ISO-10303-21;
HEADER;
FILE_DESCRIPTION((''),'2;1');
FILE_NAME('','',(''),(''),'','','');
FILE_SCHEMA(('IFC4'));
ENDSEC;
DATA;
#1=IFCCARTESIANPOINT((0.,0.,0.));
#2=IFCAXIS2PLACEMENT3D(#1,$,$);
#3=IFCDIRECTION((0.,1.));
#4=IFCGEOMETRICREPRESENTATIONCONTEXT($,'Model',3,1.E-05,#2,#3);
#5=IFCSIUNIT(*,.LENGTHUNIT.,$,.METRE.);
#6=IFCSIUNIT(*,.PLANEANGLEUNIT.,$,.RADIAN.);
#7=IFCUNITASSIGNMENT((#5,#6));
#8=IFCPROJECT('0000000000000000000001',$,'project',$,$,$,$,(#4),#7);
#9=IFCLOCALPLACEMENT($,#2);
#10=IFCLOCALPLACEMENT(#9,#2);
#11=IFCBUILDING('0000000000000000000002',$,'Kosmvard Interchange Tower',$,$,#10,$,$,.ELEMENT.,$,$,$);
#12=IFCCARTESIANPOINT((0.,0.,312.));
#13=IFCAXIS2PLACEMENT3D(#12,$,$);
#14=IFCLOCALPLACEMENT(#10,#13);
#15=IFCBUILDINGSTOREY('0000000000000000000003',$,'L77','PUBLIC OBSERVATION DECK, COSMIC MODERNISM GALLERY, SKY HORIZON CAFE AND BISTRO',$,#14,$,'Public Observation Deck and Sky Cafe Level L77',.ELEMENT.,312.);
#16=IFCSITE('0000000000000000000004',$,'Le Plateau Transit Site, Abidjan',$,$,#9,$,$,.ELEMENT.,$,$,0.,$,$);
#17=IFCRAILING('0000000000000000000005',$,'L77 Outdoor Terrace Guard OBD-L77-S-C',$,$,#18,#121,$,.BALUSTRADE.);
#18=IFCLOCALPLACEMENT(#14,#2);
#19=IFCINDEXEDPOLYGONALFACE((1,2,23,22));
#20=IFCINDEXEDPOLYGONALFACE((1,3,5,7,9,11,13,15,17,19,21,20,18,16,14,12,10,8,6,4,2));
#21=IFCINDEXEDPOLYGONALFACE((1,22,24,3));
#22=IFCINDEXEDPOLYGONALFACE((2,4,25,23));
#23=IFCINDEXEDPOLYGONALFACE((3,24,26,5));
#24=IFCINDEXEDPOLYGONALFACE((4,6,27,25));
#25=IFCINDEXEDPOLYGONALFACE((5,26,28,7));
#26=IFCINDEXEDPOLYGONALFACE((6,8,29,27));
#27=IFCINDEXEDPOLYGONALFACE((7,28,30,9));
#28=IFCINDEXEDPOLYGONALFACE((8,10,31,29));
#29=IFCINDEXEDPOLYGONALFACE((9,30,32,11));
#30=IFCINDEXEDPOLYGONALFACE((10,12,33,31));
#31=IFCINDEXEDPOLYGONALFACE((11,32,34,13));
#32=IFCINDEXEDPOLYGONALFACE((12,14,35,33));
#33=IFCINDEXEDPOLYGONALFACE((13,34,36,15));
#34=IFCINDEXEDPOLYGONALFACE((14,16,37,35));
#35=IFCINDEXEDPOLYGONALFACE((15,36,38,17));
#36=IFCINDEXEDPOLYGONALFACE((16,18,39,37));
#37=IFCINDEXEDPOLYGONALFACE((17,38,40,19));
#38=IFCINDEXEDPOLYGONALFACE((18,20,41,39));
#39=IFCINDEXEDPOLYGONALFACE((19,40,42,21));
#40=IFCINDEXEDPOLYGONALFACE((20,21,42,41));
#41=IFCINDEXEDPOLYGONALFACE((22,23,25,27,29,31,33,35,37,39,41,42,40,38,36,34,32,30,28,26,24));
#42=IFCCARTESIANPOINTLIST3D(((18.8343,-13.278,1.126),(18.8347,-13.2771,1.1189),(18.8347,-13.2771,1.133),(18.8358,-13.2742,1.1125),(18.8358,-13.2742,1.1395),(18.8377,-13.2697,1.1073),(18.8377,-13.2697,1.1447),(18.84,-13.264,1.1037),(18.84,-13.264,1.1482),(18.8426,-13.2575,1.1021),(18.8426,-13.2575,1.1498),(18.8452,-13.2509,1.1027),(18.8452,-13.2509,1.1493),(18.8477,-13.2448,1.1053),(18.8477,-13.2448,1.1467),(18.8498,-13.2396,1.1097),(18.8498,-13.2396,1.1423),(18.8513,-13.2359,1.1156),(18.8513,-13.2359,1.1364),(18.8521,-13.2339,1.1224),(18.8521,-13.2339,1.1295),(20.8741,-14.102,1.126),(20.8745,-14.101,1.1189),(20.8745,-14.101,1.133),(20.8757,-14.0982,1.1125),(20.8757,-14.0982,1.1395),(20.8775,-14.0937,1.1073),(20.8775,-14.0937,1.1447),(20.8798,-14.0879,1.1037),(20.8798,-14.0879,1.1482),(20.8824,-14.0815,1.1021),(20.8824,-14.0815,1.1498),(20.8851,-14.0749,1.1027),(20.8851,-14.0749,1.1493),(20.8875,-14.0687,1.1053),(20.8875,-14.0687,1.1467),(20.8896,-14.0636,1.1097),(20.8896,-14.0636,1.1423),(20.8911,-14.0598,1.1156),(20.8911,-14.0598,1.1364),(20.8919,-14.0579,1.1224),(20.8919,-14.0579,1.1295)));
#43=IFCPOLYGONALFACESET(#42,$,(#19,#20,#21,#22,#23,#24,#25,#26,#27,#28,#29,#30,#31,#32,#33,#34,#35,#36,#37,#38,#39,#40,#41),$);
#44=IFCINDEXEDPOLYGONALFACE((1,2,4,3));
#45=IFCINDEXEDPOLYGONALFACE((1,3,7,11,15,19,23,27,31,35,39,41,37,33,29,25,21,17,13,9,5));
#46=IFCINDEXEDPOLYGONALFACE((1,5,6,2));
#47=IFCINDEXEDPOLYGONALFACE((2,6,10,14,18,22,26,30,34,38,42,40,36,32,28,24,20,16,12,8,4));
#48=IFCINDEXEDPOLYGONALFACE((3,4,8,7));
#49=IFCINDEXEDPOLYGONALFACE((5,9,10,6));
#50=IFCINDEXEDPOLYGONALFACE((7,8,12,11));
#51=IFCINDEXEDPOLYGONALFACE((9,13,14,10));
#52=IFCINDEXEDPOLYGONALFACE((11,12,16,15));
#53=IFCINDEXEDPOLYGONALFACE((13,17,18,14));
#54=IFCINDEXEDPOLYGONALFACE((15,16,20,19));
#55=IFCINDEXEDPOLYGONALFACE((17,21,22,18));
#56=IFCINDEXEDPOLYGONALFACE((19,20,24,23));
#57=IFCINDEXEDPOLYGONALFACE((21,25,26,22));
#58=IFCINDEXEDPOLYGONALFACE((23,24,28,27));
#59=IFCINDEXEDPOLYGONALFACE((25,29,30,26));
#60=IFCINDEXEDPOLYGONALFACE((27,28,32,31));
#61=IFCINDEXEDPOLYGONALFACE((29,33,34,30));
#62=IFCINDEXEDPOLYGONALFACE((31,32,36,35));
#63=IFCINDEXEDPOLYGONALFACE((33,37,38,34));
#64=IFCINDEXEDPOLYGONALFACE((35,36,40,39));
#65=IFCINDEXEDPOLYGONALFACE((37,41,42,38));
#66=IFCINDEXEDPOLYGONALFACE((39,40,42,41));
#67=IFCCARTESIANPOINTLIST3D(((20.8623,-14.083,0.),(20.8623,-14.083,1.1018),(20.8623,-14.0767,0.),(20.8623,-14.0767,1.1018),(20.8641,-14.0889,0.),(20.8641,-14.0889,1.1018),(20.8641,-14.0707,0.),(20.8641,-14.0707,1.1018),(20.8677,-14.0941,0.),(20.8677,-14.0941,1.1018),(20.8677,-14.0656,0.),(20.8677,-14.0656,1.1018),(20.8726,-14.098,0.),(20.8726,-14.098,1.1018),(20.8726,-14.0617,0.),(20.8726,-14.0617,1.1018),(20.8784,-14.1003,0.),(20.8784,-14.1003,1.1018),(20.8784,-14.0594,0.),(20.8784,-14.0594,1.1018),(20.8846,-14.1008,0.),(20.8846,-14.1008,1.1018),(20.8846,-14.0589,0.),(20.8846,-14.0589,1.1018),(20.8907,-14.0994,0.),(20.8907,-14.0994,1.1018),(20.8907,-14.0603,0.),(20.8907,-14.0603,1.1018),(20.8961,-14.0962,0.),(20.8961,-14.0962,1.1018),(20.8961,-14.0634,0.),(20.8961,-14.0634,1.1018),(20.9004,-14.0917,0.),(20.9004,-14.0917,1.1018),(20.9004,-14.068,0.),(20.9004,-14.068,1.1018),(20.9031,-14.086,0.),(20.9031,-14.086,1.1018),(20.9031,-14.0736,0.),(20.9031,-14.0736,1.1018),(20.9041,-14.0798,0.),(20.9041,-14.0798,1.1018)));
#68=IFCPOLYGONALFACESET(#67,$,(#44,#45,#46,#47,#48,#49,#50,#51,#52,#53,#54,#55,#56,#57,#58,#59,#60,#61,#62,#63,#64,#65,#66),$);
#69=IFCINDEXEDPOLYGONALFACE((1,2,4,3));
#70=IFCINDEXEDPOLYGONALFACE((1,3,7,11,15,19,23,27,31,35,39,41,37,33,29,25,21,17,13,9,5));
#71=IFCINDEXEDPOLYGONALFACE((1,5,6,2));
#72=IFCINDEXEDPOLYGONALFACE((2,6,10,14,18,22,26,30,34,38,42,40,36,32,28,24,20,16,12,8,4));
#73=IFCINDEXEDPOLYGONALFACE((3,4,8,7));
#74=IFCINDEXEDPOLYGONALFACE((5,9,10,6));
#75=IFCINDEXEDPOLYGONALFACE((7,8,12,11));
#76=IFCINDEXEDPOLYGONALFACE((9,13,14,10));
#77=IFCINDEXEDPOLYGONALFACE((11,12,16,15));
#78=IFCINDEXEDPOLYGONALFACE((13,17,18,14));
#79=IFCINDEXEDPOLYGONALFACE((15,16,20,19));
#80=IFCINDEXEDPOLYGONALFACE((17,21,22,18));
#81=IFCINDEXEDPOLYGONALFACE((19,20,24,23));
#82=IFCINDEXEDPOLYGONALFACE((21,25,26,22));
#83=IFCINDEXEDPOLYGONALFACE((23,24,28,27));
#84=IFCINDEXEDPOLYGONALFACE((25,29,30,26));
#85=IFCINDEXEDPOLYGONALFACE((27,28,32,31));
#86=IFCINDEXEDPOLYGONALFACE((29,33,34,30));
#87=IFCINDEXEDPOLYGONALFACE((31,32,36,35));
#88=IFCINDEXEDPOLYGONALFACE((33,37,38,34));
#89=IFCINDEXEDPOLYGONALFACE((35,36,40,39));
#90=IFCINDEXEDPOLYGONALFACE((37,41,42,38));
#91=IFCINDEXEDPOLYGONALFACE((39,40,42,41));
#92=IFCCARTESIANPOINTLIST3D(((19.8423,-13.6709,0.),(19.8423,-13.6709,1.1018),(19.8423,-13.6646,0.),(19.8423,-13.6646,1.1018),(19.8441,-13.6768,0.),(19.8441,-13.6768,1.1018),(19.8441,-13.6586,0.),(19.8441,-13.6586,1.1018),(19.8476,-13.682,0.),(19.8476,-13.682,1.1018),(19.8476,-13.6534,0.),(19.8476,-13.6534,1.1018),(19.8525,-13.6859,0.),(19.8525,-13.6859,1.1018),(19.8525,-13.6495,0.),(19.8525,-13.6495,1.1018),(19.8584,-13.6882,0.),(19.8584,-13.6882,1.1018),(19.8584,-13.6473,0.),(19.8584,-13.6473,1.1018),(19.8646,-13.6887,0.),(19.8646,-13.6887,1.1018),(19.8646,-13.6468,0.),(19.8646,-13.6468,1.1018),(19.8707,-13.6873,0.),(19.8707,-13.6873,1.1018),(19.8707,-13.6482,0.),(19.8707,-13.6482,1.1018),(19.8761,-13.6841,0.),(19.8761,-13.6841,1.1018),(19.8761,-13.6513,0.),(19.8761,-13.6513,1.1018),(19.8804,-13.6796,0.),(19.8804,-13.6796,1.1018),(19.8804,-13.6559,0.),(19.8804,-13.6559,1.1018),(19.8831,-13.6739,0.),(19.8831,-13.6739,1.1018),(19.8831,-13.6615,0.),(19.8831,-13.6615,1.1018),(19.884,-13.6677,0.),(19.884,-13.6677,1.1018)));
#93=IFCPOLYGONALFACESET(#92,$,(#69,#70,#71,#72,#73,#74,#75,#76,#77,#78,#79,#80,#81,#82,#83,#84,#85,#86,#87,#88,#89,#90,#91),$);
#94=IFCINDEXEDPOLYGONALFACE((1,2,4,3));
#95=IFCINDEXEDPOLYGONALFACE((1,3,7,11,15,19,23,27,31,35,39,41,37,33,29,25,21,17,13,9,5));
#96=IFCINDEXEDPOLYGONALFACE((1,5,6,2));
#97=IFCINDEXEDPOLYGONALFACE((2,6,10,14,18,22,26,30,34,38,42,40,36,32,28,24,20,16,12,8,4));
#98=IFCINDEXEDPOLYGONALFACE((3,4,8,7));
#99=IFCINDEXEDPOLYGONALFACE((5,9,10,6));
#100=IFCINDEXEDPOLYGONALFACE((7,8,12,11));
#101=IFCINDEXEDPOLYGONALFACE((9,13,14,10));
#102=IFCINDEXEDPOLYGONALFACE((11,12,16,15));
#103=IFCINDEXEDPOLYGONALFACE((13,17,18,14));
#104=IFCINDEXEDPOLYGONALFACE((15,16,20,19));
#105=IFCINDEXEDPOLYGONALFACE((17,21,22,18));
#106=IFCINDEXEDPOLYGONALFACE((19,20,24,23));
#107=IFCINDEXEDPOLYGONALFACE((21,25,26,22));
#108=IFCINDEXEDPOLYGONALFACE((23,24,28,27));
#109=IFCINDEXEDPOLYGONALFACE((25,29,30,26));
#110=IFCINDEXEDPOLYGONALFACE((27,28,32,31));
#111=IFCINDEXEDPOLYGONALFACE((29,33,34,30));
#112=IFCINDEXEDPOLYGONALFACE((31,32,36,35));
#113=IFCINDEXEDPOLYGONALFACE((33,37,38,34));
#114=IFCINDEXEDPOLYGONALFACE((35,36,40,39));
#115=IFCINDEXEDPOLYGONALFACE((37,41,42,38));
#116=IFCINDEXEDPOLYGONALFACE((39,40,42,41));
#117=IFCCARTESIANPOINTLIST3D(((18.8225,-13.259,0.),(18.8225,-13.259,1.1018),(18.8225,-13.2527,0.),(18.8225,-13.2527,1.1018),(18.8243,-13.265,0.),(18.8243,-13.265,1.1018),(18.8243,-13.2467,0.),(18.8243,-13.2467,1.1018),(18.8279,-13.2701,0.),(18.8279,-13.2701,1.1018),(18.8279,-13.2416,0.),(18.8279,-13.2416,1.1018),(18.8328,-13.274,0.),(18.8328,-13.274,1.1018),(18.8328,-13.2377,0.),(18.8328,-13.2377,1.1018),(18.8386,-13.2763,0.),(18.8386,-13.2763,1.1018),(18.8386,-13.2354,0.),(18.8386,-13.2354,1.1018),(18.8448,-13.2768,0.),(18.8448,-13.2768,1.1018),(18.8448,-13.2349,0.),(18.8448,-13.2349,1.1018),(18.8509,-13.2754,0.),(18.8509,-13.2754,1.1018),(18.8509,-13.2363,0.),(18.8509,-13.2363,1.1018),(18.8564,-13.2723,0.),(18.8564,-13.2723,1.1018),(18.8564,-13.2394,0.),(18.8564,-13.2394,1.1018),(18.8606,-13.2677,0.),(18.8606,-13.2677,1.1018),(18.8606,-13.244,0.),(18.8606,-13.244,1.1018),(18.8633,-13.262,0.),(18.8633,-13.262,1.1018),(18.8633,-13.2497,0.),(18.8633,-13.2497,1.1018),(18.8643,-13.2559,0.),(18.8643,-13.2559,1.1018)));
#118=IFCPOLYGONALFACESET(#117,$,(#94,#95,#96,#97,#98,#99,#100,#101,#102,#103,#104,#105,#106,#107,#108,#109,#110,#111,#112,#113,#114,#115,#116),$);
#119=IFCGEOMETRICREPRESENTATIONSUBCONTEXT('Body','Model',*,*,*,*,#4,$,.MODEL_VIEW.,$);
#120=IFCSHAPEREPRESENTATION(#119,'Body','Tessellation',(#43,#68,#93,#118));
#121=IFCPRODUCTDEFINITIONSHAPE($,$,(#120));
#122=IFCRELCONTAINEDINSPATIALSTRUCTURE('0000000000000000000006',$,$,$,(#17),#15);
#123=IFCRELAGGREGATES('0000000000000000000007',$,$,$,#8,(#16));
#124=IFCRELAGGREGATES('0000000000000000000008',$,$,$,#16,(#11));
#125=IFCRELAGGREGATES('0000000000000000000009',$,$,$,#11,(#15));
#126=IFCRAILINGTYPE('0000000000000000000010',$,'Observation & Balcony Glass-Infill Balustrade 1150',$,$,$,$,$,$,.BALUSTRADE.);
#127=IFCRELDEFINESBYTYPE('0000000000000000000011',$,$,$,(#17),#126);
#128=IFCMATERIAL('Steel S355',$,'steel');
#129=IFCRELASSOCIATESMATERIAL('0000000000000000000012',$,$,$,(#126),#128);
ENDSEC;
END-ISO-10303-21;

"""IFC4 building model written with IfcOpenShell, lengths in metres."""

from ifc_helpers import new_model, si_unit, direction, frame, origin, origin_2d, place, context, subcontext, project, spatial, circle, extrude, source, transform, mapped, material, type_object, element, save


model = new_model("IFC4")

# Units and contexts
model_context = context("Model", 3, precision=1e-05, world=origin(), true_north=direction((0.0, 1.0)))
body_context = subcontext(model_context, "Body", "Model", "MODEL_VIEW")
ifc_project = project(units=[si_unit("LENGTHUNIT", "METRE"), si_unit("PLANEANGLEUNIT", "RADIAN")], contexts=[model_context])

# Site, building, storey
site_placement = place(None, origin())
site = spatial("IfcSite", under=ifc_project, at=site_placement, Name="Le Plateau Transit Site, Abidjan", CompositionType="ELEMENT", RefElevation=0.0)
building_placement = place(site_placement, origin())
building = spatial("IfcBuilding", under=site, at=building_placement, Name="Kosmvard Interchange Tower", CompositionType="ELEMENT")
storey_placement = place(building_placement, frame((0.0, 0.0, 312.0)))
storey = spatial("IfcBuildingStorey", under=building, at=storey_placement, Name="L77", Description="PUBLIC OBSERVATION DECK, COSMIC MODERNISM GALLERY, SKY HORIZON CAFE AND BISTRO", LongName="Public Observation Deck and Sky Cafe Level L77", CompositionType="ELEMENT", Elevation=312.0)

# Shared definitions
ifc_material_1 = material(Name="Steel S355", Category="steel")

# Railing
railing_type = type_object("IfcRailingType", Name="Observation & Balcony Glass-Infill Balustrade 1150", PredefinedType="BALUSTRADE", material=ifc_material_1)
shared_shape_1 = source(origin(), body_context, "Body", "SweptSolid", [
    extrude(circle(Radius=0.0239, at=origin_2d()), frame((0.0, 0.0, 1.126), z_axis=(-0.927208, 0.374546, 0.0), x_axis=(-0.374546, -0.927208, 0.0)), (0.0, 0.0, 1.0), 2.2),
    extrude(circle(Radius=0.021, at=origin_2d()), origin(), (0.0, 0.0, 1.0), 1.1018),
    extrude(circle(Radius=0.021, at=origin_2d()), frame((-1.02, 0.4121, 0.0)), (0.0, 0.0, 1.0), 1.1018),
    extrude(circle(Radius=0.021, at=origin_2d()), frame((-2.0398, 0.824, 0.0)), (0.0, 0.0, 1.0), 1.1018),
])
railing_1_placement = place(storey_placement, frame((20.8831, -14.0798, 0.0)))
element("IfcRailing", 1, at=railing_1_placement, inside=storey, type_object=railing_type, Name="L77 Outdoor Terrace Guard OBD-L77-S-C", PredefinedType="BALUSTRADE", context=body_context, shape_type="MappedRepresentation", body=[
    mapped(shared_shape_1, transform((0.0, 0.0, 0.0), scale=1.0)),
])

save(model, "model.ifc")
